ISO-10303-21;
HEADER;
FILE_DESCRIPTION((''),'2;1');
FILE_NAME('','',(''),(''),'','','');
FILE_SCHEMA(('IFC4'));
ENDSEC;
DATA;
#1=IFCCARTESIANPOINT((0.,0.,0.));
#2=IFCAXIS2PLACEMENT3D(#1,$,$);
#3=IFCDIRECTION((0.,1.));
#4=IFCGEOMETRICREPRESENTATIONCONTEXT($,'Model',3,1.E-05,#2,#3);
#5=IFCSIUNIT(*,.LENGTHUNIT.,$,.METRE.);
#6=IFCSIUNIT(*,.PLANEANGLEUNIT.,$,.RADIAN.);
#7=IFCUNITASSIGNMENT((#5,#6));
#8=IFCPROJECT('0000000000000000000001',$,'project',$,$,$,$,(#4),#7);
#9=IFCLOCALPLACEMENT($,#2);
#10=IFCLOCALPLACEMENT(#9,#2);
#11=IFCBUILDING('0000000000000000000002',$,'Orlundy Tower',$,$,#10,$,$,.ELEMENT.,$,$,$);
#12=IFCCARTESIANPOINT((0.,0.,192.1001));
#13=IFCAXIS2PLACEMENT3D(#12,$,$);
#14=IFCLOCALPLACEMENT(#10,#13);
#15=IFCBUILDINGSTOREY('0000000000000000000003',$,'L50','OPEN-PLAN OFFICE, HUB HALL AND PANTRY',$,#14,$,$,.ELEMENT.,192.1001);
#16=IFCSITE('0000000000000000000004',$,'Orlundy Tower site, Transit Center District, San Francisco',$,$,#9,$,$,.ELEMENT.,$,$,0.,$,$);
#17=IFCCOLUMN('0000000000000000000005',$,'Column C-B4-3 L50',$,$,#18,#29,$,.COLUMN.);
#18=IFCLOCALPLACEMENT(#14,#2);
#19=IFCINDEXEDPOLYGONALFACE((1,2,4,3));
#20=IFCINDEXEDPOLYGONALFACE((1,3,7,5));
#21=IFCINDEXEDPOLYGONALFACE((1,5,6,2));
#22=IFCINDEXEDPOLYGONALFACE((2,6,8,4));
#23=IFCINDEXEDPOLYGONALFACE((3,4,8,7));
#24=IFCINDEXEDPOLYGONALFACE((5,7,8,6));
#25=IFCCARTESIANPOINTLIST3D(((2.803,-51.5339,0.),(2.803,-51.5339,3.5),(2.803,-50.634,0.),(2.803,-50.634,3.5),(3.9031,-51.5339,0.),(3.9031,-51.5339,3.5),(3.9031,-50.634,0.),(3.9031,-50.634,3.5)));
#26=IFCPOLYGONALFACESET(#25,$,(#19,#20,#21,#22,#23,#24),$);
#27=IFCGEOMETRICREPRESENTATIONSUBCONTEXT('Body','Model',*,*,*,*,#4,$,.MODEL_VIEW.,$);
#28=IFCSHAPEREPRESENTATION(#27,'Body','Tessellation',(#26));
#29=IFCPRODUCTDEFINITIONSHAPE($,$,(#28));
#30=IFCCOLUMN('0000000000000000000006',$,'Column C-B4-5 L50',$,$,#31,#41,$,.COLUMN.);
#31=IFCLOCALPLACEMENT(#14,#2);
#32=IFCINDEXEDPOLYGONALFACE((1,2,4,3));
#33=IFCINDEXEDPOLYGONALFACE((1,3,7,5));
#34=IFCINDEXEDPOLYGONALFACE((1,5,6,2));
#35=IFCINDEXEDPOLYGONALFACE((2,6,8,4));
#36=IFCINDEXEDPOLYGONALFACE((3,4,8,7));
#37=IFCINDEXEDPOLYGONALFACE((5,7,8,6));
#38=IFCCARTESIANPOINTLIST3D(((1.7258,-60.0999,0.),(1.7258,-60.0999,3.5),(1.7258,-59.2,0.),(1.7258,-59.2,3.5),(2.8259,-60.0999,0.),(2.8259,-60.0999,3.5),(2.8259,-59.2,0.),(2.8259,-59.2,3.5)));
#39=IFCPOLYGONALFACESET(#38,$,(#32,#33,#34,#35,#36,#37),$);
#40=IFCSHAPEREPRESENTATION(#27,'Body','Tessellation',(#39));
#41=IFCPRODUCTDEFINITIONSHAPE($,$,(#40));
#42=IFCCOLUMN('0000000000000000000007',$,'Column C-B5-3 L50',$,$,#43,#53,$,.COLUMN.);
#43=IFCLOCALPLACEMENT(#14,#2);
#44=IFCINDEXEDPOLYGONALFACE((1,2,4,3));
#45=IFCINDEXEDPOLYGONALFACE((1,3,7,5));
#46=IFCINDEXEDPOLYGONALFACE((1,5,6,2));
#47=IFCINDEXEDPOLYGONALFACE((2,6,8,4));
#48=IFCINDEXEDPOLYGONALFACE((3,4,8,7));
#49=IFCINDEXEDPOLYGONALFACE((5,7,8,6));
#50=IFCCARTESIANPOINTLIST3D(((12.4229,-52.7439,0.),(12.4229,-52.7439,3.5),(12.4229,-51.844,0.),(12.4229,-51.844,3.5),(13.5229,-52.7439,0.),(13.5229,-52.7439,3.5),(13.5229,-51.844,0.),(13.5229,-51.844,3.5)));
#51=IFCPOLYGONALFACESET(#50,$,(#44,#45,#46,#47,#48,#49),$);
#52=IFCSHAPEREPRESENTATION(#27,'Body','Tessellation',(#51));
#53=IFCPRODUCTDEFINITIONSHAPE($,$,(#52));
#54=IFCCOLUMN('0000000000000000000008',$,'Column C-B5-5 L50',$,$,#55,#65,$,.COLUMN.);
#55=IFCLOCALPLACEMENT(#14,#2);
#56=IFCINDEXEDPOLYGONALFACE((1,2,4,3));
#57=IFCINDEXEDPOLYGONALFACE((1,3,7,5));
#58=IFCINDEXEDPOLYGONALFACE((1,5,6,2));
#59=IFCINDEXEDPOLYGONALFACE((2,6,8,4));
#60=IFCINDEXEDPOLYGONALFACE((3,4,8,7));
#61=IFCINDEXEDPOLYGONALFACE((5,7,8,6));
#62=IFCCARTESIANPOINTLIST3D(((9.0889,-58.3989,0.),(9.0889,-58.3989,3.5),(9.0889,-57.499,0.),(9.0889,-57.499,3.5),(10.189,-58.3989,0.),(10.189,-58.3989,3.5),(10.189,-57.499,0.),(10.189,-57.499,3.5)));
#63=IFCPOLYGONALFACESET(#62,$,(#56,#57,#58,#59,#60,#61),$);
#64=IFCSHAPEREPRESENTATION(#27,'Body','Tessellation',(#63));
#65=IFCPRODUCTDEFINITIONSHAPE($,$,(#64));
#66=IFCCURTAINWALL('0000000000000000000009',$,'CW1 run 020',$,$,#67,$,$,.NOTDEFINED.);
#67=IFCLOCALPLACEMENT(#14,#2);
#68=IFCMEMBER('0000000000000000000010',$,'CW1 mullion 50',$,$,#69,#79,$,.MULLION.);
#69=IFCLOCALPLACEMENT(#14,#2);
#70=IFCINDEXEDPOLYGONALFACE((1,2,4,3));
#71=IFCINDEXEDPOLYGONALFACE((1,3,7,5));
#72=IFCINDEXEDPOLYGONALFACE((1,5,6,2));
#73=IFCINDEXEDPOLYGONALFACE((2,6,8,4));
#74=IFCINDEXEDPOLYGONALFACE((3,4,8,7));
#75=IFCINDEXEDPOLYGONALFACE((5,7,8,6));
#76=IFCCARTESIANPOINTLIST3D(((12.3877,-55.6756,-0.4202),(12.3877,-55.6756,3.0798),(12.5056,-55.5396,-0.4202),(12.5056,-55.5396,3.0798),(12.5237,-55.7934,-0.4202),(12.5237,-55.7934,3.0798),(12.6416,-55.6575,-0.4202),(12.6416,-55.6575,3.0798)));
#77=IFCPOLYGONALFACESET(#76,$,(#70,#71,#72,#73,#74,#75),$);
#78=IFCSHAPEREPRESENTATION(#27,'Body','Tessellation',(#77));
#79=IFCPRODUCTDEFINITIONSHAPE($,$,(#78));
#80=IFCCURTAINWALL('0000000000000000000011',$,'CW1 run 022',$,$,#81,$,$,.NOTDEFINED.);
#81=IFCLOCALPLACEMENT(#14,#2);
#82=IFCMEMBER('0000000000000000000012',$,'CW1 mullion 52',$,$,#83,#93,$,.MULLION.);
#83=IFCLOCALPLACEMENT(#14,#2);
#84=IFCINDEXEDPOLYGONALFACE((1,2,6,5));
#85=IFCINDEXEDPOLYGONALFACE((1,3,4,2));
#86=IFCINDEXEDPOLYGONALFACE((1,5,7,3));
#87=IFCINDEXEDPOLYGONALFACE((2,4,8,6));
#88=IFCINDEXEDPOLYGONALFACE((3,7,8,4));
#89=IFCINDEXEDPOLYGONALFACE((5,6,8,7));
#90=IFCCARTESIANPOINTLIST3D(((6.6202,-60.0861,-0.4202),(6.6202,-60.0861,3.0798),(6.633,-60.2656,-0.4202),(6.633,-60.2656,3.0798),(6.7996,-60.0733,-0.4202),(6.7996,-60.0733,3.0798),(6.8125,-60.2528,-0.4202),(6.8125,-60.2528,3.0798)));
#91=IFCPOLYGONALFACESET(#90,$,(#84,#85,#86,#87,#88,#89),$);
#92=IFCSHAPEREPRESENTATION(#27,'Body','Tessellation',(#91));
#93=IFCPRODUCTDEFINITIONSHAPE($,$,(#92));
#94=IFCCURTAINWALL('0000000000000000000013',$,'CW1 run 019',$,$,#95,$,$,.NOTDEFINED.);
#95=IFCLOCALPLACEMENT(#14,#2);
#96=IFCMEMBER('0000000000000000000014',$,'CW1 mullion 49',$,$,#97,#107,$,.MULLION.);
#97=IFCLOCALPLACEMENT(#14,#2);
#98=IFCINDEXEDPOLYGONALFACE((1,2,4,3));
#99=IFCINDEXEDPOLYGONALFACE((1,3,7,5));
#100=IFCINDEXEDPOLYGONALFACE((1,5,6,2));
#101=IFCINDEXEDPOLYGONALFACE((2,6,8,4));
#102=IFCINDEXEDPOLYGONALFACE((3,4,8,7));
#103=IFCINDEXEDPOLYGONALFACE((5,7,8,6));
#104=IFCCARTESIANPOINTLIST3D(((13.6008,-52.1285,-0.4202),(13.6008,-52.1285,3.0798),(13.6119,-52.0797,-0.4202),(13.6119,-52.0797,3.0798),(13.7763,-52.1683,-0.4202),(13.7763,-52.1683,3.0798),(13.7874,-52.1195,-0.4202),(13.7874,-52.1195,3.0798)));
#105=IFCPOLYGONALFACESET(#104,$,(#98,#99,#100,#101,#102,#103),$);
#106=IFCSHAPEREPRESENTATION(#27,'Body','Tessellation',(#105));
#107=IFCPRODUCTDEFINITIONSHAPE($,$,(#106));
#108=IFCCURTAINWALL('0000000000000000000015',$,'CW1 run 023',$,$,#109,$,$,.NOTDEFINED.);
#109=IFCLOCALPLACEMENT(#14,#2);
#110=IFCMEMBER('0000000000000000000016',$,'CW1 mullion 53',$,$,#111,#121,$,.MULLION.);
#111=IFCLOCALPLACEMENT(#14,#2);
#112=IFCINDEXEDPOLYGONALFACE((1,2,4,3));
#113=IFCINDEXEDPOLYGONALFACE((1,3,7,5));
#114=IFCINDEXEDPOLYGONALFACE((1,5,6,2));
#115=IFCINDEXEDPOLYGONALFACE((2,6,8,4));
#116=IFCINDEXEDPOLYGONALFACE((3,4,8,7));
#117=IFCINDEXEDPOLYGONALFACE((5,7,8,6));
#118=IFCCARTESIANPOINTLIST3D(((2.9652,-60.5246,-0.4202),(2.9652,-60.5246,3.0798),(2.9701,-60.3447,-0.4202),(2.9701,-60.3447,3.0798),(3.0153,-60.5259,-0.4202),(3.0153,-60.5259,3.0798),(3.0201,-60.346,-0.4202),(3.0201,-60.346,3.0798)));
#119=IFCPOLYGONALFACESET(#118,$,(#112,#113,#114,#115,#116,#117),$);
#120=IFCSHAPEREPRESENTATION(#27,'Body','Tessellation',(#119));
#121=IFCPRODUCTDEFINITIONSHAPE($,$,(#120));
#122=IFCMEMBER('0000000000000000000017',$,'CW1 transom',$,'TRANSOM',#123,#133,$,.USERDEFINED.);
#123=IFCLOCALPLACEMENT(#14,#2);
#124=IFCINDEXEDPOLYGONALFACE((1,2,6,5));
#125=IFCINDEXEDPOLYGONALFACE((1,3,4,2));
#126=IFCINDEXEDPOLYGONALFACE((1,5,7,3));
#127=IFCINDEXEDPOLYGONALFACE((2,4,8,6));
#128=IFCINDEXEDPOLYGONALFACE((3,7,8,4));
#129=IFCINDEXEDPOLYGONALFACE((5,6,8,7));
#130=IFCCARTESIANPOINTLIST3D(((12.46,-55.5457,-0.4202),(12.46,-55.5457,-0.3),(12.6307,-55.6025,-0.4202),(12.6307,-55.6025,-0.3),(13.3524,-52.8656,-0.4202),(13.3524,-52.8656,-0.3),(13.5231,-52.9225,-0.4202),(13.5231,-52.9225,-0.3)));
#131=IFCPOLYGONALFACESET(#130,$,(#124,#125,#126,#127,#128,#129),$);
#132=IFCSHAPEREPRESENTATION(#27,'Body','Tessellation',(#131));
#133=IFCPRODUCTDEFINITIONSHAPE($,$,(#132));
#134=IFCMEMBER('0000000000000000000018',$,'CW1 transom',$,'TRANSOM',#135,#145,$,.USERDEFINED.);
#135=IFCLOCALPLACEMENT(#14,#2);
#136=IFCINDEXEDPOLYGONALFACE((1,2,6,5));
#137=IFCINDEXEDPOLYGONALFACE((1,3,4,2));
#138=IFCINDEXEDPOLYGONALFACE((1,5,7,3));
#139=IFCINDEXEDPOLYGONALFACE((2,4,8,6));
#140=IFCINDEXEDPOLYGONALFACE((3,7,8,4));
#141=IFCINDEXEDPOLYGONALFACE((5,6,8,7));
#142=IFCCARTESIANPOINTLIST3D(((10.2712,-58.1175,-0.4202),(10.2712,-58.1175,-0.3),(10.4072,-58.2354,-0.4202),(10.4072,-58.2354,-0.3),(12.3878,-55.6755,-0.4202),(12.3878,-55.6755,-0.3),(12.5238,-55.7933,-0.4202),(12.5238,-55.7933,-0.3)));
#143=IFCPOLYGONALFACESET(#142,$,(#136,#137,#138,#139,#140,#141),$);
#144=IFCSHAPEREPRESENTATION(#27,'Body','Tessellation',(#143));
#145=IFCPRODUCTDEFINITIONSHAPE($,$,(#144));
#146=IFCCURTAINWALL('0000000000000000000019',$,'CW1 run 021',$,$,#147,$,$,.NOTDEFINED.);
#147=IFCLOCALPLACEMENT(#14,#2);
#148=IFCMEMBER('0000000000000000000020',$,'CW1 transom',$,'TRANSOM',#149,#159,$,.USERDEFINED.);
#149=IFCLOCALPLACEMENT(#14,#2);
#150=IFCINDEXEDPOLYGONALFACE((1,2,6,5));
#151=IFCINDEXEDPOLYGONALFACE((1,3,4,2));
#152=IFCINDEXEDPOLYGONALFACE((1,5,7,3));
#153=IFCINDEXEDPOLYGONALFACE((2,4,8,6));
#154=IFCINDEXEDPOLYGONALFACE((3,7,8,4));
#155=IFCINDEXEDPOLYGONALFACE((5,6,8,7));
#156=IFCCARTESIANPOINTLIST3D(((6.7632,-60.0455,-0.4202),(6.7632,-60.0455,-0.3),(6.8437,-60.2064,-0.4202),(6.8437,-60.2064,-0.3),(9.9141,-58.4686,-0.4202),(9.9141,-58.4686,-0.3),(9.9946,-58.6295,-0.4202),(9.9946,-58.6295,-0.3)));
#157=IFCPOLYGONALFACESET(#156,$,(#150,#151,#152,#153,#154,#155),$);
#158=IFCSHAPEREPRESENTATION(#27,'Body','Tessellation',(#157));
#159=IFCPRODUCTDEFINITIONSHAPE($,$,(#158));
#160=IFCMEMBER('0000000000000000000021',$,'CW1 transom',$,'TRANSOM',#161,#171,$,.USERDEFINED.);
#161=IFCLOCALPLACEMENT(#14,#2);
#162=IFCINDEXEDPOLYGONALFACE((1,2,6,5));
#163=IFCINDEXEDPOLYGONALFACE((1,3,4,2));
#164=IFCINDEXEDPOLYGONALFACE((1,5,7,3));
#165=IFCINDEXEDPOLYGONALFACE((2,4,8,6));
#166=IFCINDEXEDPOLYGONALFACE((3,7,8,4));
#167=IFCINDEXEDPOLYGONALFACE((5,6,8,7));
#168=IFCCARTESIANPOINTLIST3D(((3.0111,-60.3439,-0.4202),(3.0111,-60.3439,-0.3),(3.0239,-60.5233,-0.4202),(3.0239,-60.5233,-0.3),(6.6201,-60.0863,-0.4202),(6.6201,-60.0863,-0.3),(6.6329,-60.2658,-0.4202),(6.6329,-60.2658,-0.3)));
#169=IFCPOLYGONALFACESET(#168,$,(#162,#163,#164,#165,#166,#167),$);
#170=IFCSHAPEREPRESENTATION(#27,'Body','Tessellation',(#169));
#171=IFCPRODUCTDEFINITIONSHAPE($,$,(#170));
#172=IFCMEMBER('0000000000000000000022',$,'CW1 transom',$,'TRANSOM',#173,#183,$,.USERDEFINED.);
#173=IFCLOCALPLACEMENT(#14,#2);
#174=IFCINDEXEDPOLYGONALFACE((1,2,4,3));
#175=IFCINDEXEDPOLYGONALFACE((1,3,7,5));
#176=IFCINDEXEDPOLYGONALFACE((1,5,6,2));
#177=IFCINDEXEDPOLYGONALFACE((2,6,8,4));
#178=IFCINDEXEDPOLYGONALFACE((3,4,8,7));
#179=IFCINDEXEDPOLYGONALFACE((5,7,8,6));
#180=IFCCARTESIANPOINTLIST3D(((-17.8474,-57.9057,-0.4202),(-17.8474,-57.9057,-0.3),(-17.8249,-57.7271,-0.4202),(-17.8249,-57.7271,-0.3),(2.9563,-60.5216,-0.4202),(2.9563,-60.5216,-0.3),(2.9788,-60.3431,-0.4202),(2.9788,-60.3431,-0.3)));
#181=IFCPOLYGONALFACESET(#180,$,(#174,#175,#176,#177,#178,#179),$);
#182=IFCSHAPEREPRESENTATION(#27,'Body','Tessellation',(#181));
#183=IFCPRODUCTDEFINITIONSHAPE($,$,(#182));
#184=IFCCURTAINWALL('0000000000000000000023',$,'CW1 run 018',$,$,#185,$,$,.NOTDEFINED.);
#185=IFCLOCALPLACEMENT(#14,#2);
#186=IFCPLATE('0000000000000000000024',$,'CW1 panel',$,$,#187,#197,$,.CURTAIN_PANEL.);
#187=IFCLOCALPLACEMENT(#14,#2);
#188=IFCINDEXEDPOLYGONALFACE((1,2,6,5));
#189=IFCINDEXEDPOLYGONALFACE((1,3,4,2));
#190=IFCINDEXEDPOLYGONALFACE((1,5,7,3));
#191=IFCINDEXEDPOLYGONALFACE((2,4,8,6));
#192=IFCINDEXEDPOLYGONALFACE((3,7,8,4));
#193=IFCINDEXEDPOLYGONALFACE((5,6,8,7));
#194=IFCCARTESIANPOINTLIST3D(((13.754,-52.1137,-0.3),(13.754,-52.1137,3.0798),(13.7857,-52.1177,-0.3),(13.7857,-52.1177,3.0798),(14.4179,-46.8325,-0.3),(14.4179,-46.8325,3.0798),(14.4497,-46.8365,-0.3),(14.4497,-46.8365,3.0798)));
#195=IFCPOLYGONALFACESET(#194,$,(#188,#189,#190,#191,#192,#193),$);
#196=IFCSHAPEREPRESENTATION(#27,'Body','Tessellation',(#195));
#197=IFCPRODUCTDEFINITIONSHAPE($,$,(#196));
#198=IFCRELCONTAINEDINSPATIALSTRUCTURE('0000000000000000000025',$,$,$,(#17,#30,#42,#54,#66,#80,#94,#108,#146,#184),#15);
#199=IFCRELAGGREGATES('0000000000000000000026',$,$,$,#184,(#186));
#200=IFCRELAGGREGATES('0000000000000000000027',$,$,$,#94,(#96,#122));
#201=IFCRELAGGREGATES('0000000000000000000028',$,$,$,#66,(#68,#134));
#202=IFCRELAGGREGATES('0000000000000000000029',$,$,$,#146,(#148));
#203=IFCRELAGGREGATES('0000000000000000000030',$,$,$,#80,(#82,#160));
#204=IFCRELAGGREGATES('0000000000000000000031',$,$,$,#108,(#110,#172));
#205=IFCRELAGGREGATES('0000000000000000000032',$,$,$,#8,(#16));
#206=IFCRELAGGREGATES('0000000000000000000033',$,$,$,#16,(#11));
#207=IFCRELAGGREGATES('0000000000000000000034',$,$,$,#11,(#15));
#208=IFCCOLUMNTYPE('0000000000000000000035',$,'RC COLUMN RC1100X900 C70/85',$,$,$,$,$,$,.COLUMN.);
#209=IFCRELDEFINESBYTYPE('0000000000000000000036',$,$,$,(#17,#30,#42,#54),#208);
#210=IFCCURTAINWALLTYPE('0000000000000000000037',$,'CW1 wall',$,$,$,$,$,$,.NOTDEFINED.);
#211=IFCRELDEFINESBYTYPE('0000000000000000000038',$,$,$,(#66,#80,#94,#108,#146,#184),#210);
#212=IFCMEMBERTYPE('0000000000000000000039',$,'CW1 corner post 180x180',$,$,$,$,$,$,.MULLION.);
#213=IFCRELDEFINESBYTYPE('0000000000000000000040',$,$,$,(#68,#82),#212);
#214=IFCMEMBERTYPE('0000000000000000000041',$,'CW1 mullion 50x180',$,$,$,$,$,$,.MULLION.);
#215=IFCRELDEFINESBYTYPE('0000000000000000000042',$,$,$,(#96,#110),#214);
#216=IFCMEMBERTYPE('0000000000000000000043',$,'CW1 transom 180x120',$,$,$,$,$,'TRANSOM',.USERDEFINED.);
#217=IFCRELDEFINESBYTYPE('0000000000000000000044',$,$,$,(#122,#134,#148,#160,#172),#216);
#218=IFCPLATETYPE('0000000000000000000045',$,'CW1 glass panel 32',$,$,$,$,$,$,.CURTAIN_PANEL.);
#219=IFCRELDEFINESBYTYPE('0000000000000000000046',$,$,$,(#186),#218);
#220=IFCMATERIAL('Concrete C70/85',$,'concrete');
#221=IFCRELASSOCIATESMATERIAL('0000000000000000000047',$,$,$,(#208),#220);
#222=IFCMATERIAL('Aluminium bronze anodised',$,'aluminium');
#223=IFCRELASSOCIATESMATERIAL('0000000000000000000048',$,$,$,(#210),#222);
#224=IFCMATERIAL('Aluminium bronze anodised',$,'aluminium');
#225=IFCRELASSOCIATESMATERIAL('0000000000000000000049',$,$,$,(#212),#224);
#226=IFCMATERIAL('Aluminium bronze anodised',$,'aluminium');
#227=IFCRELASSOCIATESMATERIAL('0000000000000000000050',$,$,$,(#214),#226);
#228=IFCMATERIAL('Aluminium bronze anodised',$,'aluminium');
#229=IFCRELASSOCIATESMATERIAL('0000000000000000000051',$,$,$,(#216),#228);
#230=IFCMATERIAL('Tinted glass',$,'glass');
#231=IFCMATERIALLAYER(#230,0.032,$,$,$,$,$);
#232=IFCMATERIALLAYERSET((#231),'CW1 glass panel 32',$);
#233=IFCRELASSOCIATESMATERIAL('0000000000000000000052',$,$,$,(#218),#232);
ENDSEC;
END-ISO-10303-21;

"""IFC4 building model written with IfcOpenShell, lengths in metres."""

from ifc_helpers import new_model, si_unit, direction, frame, origin, origin_2d, place, context, subcontext, project, spatial, rectangle, extrude, material, layer, layer_set, material_profile, profile_set, type_object, element, aggregate, save


model = new_model("IFC4")

# Units and contexts
model_context = context("Model", 3, precision=1e-05, world=origin(), true_north=direction((0.0, 1.0)))
body_context = subcontext(model_context, "Body", "Model", "MODEL_VIEW")
ifc_project = project(units=[si_unit("LENGTHUNIT", "METRE"), si_unit("PLANEANGLEUNIT", "RADIAN")], contexts=[model_context])

# Site, building, storey
site_placement = place(None, origin())
site = spatial("IfcSite", under=ifc_project, at=site_placement, Name="Orlundy Tower site, Transit Center District, San Francisco", CompositionType="ELEMENT", RefElevation=0.0)
building_placement = place(site_placement, origin())
building = spatial("IfcBuilding", under=site, at=building_placement, Name="Orlundy Tower", CompositionType="ELEMENT")
storey_placement = place(building_placement, frame((0.0, 0.0, 192.1001)))
storey = spatial("IfcBuildingStorey", under=building, at=storey_placement, Name="L50", Description="OPEN-PLAN OFFICE, HUB HALL AND PANTRY", CompositionType="ELEMENT", Elevation=192.1001)

# Columns
ifc_material_1 = material(Name="Concrete C70/85", Category="concrete")
ifc_material_profile_1 = material_profile(ifc_material_1, rectangle(XDim=1.1001, YDim=0.8999, at=origin_2d()), Name="RC1100X900")
ifc_profile_set_1 = profile_set([ifc_material_profile_1], Name="Concrete C70/85")
column_type = type_object("IfcColumnType", Name="RC COLUMN RC1100X900 C70/85", PredefinedType="COLUMN", material=ifc_profile_set_1)
for number, where, z_axis, x_axis, name in (
    (1, (3.353, -51.084, 0.0), (0.0, 0.0, 1.0), (1.0, 0.0, 0.0), "Column C-B4-3 L50"),
    (2, (2.2759, -59.6499, 0.0), (0.0, 0.0, 1.0), (1.0, 0.0, 0.0), "Column C-B4-5 L50"),
    (3, (12.9729, -52.2939, 0.0), (0.0, 0.0, 1.0), (1.0, 0.0, 0.0), "Column C-B5-3 L50"),
    (4, (9.6389, -57.949, 0.0), (0.0, 0.0, 1.0), (1.0, 0.0, 0.0), "Column C-B5-5 L50"),
):
    element("IfcColumn", number, at=place(storey_placement, frame(where, z_axis=z_axis, x_axis=x_axis)), inside=storey, type_object=column_type, Name=name, PredefinedType="COLUMN", context=body_context, shape_type="SweptSolid", body=[
        extrude(rectangle(XDim=1.1001, YDim=0.8999, at=origin_2d()), origin(), (0.0, 0.0, 1.0), 3.5),
    ])

# Curtain walls, members
ifc_material_2 = material(Name="Aluminium bronze anodised", Category="aluminium")
curtain_wall_type = type_object("IfcCurtainWallType", Name="CW1 wall", PredefinedType="NOTDEFINED", material=ifc_material_2)
curtain_wall_1_placement = place(storey_placement, origin())
curtain_wall_1 = element("IfcCurtainWall", 5, at=curtain_wall_1_placement, inside=storey, type_object=curtain_wall_type, Name="CW1 run 020", PredefinedType="NOTDEFINED")
ifc_material_3 = material(Name="Aluminium bronze anodised", Category="aluminium")
ifc_material_profile_2 = material_profile(ifc_material_3, rectangle(XDim=0.1799, YDim=0.1799, at=origin_2d()), Name="CW1 corner post 180x180")
ifc_profile_set_2 = profile_set([ifc_material_profile_2], Name="Aluminium bronze anodised")
member_type_1 = type_object("IfcMemberType", Name="CW1 corner post 180x180", PredefinedType="MULLION", material=ifc_profile_set_2)
member_1_placement = place(storey_placement, frame((12.5146, -55.6665, -0.4202), z_axis=(0.0, 0.0, 1.0), x_axis=(0.755627, -0.655002, 0.0)))
member_1 = element("IfcMember", 6, at=member_1_placement, type_object=member_type_1, Name="CW1 mullion 50", PredefinedType="MULLION", context=body_context, shape_type="SweptSolid", body=[
    extrude(rectangle(XDim=0.1799, YDim=0.1799, at=origin_2d()), origin(), (0.0, 0.0, 1.0), 3.5),
])
curtain_wall_2_placement = place(storey_placement, origin())
curtain_wall_2 = element("IfcCurtainWall", 7, at=curtain_wall_2_placement, inside=storey, type_object=curtain_wall_type, Name="CW1 run 022", PredefinedType="NOTDEFINED")
member_2_placement = place(storey_placement, frame((6.7163, -60.1694, -0.4202), z_axis=(0.0, 0.0, 1.0), x_axis=(0.071228, -0.99746, 0.0)))
member_2 = element("IfcMember", 8, at=member_2_placement, type_object=member_type_1, Name="CW1 mullion 52", PredefinedType="MULLION", context=body_context, shape_type="SweptSolid", body=[
    extrude(rectangle(XDim=0.1799, YDim=0.1799, at=origin_2d()), origin(), (0.0, 0.0, 1.0), 3.5),
])
curtain_wall_3_placement = place(storey_placement, origin())
curtain_wall_3 = element("IfcCurtainWall", 9, at=curtain_wall_3_placement, inside=storey, type_object=curtain_wall_type, Name="CW1 run 019", PredefinedType="NOTDEFINED")
ifc_material_4 = material(Name="Aluminium bronze anodised", Category="aluminium")
ifc_material_profile_3 = material_profile(ifc_material_4, rectangle(XDim=0.1799, YDim=0.05, at=origin_2d()), Name="CW1 mullion 50x180")
ifc_profile_set_3 = profile_set([ifc_material_profile_3], Name="Aluminium bronze anodised")
member_type_2 = type_object("IfcMemberType", Name="CW1 mullion 50x180", PredefinedType="MULLION", material=ifc_profile_set_3)
member_3_placement = place(storey_placement, frame((13.6941, -52.124, -0.4202), z_axis=(0.0, 0.0, 1.0), x_axis=(0.975186, -0.221389, 0.0)))
member_3 = element("IfcMember", 10, at=member_3_placement, type_object=member_type_2, Name="CW1 mullion 49", PredefinedType="MULLION", context=body_context, shape_type="SweptSolid", body=[
    extrude(rectangle(XDim=0.1799, YDim=0.05, at=origin_2d()), origin(), (0.0, 0.0, 1.0), 3.5),
])
curtain_wall_4_placement = place(storey_placement, origin())
curtain_wall_4 = element("IfcCurtainWall", 11, at=curtain_wall_4_placement, inside=storey, type_object=curtain_wall_type, Name="CW1 run 023", PredefinedType="NOTDEFINED")
member_4_placement = place(storey_placement, frame((2.9927, -60.4353, -0.4202), z_axis=(0.0, 0.0, 1.0), x_axis=(-0.026896, -0.999638, 0.0)))
member_4 = element("IfcMember", 12, at=member_4_placement, type_object=member_type_2, Name="CW1 mullion 53", PredefinedType="MULLION", context=body_context, shape_type="SweptSolid", body=[
    extrude(rectangle(XDim=0.1799, YDim=0.05, at=origin_2d()), origin(), (0.0, 0.0, 1.0), 3.5),
])

# Members
ifc_material_5 = material(Name="Aluminium bronze anodised", Category="aluminium")
ifc_material_profile_4 = material_profile(ifc_material_5, rectangle(XDim=0.1799, YDim=0.1201, at=origin_2d()), Name="CW1 transom 180x120")
ifc_profile_set_4 = profile_set([ifc_material_profile_4], Name="Aluminium bronze anodised")
member_type_3 = type_object("IfcMemberType", Name="CW1 transom 180x120", ElementType="TRANSOM", PredefinedType="USERDEFINED", material=ifc_profile_set_4)
member_5_placement = place(storey_placement, frame((13.4377, -52.894, -0.3601), z_axis=(-0.315917, -0.948787, 0.0), x_axis=(0.948787, -0.315917, 0.0)))
member_5 = element("IfcMember", 13, at=member_5_placement, type_object=member_type_3, Name="CW1 transom", ObjectType="TRANSOM", PredefinedType="USERDEFINED", context=body_context, shape_type="SweptSolid", body=[
    extrude(rectangle(XDim=0.1799, YDim=0.1201, at=origin_2d()), origin(), (0.0, 0.0, 1.0), 2.8247),
])
member_6_placement = place(storey_placement, frame((12.4558, -55.7344, -0.3601), z_axis=(-0.654962, -0.755662, 0.0), x_axis=(0.755662, -0.654962, 0.0)))
member_6 = element("IfcMember", 14, at=member_6_placement, type_object=member_type_3, Name="CW1 transom", ObjectType="TRANSOM", PredefinedType="USERDEFINED", context=body_context, shape_type="SweptSolid", body=[
    extrude(rectangle(XDim=0.1799, YDim=0.1201, at=origin_2d()), origin(), (0.0, 0.0, 1.0), 3.2317),
])

# Curtain wall, member
curtain_wall_5_placement = place(storey_placement, origin())
curtain_wall_5 = element("IfcCurtainWall", 15, at=curtain_wall_5_placement, inside=storey, type_object=curtain_wall_type, Name="CW1 run 021", PredefinedType="NOTDEFINED")
member_7_placement = place(storey_placement, frame((9.9543, -58.5491, -0.3601), z_axis=(-0.894261, -0.447546, 0.0), x_axis=(0.447546, -0.894261, 0.0)))
member_7 = element("IfcMember", 16, at=member_7_placement, type_object=member_type_3, Name="CW1 transom", ObjectType="TRANSOM", PredefinedType="USERDEFINED", context=body_context, shape_type="SweptSolid", body=[
    extrude(rectangle(XDim=0.1799, YDim=0.1201, at=origin_2d()), origin(), (0.0, 0.0, 1.0), 3.5234),
])

# Members
member_8_placement = place(storey_placement, frame((6.6265, -60.176, -0.3601), z_axis=(-0.997463, -0.07119, 0.0), x_axis=(0.07119, -0.997463, 0.0)))
member_8 = element("IfcMember", 17, at=member_8_placement, type_object=member_type_3, Name="CW1 transom", ObjectType="TRANSOM", PredefinedType="USERDEFINED", context=body_context, shape_type="SweptSolid", body=[
    extrude(rectangle(XDim=0.1799, YDim=0.1201, at=origin_2d()), origin(), (0.0, 0.0, 1.0), 3.6182),
])
member_9_placement = place(storey_placement, frame((2.9675, -60.4324, -0.3601), z_axis=(-0.992187, 0.124763, 0.0), x_axis=(-0.124763, -0.992187, 0.0)))
member_9 = element("IfcMember", 18, at=member_9_placement, type_object=member_type_3, Name="CW1 transom", ObjectType="TRANSOM", PredefinedType="USERDEFINED", context=body_context, shape_type="SweptSolid", body=[
    extrude(rectangle(XDim=0.1799, YDim=0.1201, at=origin_2d()), origin(), (0.0, 0.0, 1.0), 20.9675),
])

# Curtain wall, plate
curtain_wall_6_placement = place(storey_placement, origin())
curtain_wall_6 = element("IfcCurtainWall", 19, at=curtain_wall_6_placement, inside=storey, type_object=curtain_wall_type, Name="CW1 run 018", PredefinedType="NOTDEFINED")
ifc_material_6 = material(Name="Tinted glass", Category="glass")
ifc_layer_1 = layer(ifc_material_6, 0.032)
ifc_layer_set_1 = layer_set([ifc_layer_1], Name="CW1 glass panel 32")
plate_type = type_object("IfcPlateType", Name="CW1 glass panel 32", PredefinedType="CURTAIN_PANEL", material=ifc_layer_set_1)
plate_1_placement = place(storey_placement, frame((14.1018, -49.4751, -0.3), z_axis=(0.0, 0.0, 1.0), x_axis=(-0.124742, -0.992189, 0.0)))
plate_1 = element("IfcPlate", 20, at=plate_1_placement, type_object=plate_type, Name="CW1 panel", PredefinedType="CURTAIN_PANEL", context=body_context, shape_type="SweptSolid", body=[
    extrude(rectangle(XDim=5.3228, YDim=0.032, at=origin_2d()), origin(), (0.0, 0.0, 1.0), 3.3799),
])
aggregate(curtain_wall_6, [plate_1])

aggregate(curtain_wall_3, [member_3, member_5])
aggregate(curtain_wall_1, [member_1, member_6])
aggregate(curtain_wall_5, [member_7])
aggregate(curtain_wall_2, [member_2, member_8])
aggregate(curtain_wall_4, [member_4, member_9])

save(model, "model.ifc")
